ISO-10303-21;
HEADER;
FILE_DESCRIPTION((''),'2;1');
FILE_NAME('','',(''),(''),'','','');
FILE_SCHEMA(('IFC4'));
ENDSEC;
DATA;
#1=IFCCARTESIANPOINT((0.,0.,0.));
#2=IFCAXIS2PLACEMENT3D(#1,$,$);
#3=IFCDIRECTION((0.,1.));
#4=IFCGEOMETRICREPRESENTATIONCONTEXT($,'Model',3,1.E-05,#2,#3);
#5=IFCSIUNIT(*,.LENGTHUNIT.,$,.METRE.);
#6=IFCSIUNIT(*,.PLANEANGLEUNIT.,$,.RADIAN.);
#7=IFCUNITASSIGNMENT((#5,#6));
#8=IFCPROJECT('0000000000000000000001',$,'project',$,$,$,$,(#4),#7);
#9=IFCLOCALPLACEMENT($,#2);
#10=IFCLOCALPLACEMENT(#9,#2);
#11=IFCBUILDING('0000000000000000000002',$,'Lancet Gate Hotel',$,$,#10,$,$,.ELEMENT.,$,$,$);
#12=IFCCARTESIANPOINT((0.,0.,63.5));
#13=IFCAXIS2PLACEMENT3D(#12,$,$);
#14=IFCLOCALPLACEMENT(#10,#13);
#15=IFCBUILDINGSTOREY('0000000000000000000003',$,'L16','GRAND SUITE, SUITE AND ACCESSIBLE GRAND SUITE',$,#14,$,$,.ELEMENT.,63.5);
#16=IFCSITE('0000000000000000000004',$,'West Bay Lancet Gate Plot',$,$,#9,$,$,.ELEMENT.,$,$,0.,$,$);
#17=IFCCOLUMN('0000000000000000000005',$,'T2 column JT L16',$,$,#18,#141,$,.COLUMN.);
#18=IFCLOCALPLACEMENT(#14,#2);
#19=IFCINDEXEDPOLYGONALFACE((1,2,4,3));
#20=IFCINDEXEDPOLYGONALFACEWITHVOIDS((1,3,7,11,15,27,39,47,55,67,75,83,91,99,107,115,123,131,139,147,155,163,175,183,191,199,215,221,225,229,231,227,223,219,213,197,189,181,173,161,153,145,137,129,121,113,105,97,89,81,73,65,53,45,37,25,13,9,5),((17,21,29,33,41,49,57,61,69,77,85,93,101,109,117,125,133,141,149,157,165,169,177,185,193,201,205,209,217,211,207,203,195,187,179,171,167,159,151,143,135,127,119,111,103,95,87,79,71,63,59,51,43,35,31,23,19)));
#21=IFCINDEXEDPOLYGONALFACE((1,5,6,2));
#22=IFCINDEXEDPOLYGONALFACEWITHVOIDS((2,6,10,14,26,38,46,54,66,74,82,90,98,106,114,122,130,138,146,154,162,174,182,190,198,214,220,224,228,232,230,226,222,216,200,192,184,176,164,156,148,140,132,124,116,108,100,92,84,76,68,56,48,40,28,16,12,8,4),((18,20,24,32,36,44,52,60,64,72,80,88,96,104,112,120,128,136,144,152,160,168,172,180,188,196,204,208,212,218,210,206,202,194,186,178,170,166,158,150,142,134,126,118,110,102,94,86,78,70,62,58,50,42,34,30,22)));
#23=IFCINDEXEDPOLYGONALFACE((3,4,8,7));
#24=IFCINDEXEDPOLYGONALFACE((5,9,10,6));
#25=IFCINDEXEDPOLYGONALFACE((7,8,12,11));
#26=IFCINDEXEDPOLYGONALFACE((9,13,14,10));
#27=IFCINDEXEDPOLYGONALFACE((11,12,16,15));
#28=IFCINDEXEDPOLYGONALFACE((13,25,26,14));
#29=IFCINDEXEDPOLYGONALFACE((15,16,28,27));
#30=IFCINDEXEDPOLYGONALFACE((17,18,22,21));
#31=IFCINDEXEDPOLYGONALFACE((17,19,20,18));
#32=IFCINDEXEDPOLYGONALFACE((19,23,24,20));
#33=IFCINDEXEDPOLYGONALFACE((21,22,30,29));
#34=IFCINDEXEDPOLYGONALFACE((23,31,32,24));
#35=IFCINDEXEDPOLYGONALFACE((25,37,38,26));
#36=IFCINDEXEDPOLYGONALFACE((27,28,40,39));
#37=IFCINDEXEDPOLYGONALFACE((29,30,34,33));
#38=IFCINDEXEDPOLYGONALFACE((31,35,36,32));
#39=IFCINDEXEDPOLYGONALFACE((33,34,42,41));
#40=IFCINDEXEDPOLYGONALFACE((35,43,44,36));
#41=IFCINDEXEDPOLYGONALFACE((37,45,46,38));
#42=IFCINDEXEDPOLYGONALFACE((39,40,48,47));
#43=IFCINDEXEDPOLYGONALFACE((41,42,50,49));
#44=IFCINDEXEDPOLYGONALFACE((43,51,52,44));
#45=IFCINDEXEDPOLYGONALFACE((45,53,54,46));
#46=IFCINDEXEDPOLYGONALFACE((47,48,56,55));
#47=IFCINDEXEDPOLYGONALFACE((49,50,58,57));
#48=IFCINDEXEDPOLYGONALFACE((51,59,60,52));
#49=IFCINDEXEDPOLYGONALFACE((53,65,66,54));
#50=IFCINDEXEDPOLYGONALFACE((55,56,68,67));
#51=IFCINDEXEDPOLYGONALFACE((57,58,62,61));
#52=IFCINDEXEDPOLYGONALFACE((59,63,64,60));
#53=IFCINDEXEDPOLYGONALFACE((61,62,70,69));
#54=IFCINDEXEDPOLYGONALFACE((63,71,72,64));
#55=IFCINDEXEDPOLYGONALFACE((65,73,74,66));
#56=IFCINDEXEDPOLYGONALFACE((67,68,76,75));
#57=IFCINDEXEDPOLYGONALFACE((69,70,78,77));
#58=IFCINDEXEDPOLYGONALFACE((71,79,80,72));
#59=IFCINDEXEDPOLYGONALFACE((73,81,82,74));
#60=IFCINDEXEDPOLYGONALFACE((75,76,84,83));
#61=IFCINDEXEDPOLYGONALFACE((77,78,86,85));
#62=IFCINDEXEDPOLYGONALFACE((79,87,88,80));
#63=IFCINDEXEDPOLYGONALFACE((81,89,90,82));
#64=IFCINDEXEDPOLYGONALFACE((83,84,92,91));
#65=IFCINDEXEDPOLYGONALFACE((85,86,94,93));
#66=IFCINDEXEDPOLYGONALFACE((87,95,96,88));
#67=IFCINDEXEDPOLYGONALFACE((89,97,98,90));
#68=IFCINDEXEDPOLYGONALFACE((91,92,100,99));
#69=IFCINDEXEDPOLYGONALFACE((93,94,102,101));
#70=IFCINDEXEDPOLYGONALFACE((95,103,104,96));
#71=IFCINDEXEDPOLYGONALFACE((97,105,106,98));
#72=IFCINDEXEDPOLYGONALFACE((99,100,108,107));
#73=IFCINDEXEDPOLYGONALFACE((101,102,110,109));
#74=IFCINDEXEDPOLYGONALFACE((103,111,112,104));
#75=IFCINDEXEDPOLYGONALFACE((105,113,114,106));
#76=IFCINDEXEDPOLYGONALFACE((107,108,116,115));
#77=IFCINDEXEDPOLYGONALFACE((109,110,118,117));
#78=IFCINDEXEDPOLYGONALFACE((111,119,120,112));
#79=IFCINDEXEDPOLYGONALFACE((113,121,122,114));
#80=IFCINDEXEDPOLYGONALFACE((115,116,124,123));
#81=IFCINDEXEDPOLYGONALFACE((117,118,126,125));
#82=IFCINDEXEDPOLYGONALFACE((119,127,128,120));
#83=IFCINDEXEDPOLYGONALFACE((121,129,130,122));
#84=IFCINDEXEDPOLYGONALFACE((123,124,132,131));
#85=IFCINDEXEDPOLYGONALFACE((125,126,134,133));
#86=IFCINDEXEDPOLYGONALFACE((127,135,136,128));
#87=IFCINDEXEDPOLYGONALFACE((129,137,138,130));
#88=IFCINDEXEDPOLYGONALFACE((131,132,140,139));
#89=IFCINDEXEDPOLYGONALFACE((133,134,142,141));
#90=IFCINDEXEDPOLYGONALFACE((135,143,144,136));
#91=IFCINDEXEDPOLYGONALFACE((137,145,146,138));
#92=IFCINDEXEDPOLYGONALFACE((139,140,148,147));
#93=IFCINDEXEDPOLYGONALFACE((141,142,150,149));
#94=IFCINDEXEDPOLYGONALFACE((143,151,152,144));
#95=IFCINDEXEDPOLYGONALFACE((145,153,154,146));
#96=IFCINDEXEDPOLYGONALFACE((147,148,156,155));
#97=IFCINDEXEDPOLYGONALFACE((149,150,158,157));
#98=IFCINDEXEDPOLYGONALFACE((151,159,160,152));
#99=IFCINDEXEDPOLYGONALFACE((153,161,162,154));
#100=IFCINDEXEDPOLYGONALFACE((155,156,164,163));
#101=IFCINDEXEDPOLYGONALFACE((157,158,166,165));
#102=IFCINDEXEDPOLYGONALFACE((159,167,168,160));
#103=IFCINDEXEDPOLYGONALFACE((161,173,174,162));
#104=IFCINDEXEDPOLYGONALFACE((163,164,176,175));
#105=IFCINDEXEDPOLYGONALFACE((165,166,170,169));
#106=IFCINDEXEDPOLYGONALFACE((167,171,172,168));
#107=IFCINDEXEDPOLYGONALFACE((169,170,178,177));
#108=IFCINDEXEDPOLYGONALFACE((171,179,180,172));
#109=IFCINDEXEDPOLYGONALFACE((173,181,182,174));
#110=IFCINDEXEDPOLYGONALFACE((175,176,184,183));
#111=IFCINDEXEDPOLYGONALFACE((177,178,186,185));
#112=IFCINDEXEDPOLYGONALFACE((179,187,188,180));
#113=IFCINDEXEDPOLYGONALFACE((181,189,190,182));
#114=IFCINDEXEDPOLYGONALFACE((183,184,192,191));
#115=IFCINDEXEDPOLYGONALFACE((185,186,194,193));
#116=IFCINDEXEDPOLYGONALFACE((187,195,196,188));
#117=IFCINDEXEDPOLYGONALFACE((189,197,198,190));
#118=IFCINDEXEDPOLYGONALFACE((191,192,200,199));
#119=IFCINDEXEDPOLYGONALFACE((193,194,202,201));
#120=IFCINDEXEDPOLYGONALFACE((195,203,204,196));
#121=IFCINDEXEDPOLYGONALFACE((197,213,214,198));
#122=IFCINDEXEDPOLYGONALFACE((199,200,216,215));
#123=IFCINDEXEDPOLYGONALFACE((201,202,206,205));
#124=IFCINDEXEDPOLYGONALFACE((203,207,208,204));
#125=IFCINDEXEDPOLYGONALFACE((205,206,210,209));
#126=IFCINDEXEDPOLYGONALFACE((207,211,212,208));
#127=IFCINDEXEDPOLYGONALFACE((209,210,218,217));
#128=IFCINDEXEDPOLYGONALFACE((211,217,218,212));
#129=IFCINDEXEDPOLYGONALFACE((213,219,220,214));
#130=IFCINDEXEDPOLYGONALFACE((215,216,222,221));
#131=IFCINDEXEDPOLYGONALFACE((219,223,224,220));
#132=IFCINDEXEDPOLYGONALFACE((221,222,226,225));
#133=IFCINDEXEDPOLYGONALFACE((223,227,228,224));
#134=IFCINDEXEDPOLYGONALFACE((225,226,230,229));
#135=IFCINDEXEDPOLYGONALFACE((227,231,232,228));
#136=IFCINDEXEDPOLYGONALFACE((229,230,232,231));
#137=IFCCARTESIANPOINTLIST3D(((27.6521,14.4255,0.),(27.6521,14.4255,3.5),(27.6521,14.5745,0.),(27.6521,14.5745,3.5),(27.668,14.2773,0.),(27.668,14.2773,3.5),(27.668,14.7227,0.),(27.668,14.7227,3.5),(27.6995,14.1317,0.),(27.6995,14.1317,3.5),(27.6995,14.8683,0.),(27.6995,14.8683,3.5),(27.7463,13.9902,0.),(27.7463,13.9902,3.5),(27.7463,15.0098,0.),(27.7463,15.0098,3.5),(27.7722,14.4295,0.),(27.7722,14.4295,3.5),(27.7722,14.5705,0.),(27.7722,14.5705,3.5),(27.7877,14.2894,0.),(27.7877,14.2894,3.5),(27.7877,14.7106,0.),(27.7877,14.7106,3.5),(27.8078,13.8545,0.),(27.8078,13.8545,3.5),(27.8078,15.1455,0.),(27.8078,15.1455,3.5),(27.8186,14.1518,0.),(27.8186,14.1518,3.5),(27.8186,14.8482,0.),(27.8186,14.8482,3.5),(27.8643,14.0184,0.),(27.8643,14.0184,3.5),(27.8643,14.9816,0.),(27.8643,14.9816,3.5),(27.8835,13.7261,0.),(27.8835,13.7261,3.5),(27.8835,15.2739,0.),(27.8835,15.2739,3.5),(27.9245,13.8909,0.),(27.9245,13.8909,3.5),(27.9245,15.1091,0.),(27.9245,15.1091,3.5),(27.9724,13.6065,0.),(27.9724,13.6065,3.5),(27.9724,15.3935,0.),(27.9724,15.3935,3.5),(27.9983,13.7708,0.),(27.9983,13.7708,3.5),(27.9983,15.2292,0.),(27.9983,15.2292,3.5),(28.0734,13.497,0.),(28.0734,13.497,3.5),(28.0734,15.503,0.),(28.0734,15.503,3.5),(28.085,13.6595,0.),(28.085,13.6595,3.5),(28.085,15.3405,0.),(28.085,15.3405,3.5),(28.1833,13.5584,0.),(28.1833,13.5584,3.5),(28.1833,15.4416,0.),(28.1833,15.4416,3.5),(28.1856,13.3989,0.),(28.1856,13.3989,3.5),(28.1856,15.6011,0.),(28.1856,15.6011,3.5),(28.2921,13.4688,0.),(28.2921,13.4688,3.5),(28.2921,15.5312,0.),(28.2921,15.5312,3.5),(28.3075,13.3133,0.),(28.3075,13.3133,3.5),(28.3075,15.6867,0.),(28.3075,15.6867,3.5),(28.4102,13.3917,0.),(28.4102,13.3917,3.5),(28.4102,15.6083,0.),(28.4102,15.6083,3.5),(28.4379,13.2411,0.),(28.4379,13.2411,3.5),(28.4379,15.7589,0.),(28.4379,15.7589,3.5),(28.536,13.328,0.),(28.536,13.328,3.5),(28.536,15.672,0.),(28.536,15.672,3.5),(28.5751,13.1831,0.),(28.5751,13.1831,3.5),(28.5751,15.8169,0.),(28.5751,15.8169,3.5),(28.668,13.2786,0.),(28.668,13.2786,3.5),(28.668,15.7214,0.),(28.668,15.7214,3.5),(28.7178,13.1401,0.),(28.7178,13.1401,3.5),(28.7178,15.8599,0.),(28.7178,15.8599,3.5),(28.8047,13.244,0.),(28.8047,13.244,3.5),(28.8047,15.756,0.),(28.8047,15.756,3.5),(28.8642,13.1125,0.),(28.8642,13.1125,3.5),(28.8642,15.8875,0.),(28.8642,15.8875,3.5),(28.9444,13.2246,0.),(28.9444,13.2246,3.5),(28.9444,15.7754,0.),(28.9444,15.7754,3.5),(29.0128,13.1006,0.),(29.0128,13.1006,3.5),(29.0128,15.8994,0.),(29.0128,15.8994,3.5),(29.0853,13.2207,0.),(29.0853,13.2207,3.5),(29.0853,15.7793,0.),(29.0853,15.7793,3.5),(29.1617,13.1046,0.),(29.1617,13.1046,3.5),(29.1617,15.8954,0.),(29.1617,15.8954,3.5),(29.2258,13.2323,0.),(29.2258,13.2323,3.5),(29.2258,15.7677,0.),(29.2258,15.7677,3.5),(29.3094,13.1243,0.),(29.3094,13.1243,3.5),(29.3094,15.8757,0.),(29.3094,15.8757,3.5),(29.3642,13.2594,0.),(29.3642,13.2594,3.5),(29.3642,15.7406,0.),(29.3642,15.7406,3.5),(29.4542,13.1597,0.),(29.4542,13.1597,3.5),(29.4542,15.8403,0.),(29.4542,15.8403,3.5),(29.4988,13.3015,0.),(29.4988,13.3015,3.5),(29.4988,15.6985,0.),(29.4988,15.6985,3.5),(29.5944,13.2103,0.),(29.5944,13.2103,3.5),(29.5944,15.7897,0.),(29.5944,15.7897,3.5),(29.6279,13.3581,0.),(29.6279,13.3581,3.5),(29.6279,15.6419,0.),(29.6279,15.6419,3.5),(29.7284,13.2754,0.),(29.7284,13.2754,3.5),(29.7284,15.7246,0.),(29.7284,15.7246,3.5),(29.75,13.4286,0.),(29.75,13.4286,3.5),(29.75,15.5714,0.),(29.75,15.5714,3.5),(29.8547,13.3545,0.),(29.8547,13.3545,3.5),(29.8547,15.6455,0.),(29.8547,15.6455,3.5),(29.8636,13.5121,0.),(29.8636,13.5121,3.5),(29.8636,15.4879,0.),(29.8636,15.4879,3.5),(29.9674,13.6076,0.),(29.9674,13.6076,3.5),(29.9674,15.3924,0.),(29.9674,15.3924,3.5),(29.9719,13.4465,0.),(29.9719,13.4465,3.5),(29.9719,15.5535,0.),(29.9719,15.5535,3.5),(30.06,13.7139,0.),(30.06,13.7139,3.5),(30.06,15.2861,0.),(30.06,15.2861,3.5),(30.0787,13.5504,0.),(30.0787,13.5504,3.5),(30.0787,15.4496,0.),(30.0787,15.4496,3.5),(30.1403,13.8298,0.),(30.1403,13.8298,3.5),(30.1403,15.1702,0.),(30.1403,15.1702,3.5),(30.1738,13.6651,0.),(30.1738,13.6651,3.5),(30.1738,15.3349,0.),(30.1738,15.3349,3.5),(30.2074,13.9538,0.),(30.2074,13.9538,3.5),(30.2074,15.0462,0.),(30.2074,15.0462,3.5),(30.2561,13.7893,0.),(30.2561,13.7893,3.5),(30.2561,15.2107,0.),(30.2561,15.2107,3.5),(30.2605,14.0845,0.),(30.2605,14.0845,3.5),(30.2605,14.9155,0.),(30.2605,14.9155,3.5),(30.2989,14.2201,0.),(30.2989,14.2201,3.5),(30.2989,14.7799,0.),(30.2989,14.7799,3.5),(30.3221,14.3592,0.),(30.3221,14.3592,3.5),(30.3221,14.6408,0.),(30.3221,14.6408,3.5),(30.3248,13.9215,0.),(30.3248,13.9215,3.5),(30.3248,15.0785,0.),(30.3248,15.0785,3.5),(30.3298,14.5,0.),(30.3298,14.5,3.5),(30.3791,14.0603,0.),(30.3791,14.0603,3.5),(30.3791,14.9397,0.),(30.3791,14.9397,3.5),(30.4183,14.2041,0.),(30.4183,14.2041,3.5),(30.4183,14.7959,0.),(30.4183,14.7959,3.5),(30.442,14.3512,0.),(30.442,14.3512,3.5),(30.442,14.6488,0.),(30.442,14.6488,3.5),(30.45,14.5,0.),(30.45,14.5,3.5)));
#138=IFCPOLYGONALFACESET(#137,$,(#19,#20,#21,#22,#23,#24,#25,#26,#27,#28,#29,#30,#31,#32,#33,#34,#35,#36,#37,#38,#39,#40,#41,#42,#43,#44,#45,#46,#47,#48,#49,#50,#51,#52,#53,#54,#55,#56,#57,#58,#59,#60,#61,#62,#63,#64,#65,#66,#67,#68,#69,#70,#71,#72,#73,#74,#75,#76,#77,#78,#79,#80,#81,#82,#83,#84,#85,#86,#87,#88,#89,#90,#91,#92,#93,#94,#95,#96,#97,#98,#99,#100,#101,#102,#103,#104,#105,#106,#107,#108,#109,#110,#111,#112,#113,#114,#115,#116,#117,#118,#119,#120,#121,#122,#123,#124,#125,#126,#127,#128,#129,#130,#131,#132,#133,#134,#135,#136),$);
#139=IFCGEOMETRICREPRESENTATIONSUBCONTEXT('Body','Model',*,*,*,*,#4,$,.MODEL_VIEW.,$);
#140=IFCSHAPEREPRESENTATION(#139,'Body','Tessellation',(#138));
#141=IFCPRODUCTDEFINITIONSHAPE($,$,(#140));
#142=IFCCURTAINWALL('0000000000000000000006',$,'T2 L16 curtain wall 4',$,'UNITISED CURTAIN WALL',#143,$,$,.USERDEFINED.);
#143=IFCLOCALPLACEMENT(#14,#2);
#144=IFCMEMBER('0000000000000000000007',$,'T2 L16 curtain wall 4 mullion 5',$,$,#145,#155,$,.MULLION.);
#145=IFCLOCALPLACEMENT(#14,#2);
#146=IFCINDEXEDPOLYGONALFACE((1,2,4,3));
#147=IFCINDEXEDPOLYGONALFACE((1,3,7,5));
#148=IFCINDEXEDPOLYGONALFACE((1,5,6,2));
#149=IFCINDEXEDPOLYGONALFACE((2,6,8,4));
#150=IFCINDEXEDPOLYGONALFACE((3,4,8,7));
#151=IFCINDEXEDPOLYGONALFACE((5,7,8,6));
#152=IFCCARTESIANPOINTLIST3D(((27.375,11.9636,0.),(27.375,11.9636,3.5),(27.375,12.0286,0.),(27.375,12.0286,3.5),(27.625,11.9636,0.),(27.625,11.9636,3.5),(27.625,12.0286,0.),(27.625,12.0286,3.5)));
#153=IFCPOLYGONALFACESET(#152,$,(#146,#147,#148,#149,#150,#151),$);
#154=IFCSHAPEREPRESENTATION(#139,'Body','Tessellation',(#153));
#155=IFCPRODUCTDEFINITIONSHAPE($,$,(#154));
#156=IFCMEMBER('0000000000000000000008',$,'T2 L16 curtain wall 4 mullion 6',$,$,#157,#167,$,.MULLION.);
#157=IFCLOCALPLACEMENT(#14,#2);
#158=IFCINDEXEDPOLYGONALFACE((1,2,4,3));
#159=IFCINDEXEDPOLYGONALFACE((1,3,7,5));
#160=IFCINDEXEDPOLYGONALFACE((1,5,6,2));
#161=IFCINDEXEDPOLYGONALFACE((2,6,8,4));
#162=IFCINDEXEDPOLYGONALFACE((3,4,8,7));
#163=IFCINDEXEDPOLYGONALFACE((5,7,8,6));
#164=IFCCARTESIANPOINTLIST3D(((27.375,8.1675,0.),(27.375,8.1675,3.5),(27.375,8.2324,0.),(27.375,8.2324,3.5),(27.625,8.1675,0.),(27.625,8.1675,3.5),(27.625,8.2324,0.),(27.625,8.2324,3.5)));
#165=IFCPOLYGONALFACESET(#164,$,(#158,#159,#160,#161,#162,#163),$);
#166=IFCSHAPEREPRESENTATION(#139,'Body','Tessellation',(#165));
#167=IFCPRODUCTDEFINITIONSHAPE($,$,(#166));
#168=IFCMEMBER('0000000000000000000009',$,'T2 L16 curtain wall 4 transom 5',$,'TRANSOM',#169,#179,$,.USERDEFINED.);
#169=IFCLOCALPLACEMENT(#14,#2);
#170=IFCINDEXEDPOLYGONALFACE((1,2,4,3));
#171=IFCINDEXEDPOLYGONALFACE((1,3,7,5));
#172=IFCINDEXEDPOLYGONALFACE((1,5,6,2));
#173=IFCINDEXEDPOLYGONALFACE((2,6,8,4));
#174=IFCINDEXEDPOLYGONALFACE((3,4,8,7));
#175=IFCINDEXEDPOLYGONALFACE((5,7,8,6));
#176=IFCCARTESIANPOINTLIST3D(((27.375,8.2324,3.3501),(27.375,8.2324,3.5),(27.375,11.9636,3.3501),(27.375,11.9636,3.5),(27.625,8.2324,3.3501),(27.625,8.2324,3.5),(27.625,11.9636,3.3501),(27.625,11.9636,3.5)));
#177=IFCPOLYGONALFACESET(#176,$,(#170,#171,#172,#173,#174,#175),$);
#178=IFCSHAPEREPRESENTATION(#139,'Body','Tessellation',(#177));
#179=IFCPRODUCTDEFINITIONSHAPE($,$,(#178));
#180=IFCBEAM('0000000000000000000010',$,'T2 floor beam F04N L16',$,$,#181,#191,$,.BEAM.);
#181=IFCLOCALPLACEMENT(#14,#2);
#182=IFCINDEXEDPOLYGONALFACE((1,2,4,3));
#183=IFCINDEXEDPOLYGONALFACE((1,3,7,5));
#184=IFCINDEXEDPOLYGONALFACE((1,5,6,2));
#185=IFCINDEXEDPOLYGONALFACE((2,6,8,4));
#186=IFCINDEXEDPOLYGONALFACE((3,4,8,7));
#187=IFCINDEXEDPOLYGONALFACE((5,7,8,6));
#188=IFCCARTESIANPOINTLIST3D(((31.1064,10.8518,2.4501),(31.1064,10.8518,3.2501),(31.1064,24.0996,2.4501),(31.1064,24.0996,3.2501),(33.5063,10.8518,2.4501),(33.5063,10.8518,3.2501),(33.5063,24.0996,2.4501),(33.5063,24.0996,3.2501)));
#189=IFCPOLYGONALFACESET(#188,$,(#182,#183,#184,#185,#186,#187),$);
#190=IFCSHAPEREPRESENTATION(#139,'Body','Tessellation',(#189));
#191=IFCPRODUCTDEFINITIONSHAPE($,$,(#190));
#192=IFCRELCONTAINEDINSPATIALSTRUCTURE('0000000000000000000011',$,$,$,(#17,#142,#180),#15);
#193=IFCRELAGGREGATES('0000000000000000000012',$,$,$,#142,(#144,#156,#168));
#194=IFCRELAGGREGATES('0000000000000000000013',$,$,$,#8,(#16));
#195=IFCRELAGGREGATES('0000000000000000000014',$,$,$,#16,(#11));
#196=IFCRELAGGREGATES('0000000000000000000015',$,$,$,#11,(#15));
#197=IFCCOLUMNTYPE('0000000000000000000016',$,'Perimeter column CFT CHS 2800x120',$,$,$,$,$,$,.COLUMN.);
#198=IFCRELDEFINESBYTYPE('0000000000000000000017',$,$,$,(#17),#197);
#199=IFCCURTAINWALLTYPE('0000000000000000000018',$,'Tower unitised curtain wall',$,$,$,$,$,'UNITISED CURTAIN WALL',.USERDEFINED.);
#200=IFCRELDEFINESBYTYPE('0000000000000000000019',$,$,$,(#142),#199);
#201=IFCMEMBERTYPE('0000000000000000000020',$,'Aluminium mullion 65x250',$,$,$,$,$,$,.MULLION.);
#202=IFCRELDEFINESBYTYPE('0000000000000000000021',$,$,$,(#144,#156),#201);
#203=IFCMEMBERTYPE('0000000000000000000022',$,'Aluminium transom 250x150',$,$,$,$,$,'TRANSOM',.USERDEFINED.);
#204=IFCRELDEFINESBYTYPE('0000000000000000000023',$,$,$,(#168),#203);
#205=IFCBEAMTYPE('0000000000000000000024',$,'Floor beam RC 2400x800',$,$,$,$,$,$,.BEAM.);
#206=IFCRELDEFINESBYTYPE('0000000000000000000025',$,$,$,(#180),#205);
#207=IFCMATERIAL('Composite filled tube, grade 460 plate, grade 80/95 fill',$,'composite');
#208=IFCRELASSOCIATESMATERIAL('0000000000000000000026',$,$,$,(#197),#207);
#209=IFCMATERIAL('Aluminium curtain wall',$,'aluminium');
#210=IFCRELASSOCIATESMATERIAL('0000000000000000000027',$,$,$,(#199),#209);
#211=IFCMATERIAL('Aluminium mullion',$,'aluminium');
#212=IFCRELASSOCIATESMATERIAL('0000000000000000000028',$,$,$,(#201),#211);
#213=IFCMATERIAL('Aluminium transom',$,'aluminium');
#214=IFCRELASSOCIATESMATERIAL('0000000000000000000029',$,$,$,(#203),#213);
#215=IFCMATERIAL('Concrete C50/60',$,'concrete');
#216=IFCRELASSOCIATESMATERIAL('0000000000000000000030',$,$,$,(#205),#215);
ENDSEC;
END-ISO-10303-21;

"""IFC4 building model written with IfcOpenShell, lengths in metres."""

from ifc_helpers import new_model, si_unit, direction, frame, origin, origin_2d, place, context, subcontext, project, spatial, rectangle, hollow_circle, extrude, material, material_profile, profile_set, type_object, element, aggregate, save


model = new_model("IFC4")

# Units and contexts
model_context = context("Model", 3, precision=1e-05, world=origin(), true_north=direction((0.0, 1.0)))
body_context = subcontext(model_context, "Body", "Model", "MODEL_VIEW")
ifc_project = project(units=[si_unit("LENGTHUNIT", "METRE"), si_unit("PLANEANGLEUNIT", "RADIAN")], contexts=[model_context])

# Site, building, storey
site_placement = place(None, origin())
site = spatial("IfcSite", under=ifc_project, at=site_placement, Name="West Bay Lancet Gate Plot", CompositionType="ELEMENT", RefElevation=0.0)
building_placement = place(site_placement, origin())
building = spatial("IfcBuilding", under=site, at=building_placement, Name="Lancet Gate Hotel", CompositionType="ELEMENT")
storey_placement = place(building_placement, frame((0.0, 0.0, 63.5)))
storey = spatial("IfcBuildingStorey", under=building, at=storey_placement, Name="L16", Description="GRAND SUITE, SUITE AND ACCESSIBLE GRAND SUITE", CompositionType="ELEMENT", Elevation=63.5)

# Column
ifc_material_1 = material(Name="Composite filled tube, grade 460 plate, grade 80/95 fill", Category="composite")
ifc_material_profile_1 = material_profile(ifc_material_1, hollow_circle(Radius=1.3999, WallThickness=0.1201, at=origin_2d()), Name="CHS 2800x120")
ifc_profile_set_1 = profile_set([ifc_material_profile_1], Name="Composite filled tube, grade 460 plate, grade 80/95 fill")
column_type = type_object("IfcColumnType", Name="Perimeter column CFT CHS 2800x120", PredefinedType="COLUMN", material=ifc_profile_set_1)
for number, where, z_axis, x_axis, name in (
    (1, (29.05, 14.5, 0.0), (0.0, 0.0, 1.0), (1.0, 0.0, 0.0), "T2 column JT L16"),
):
    element("IfcColumn", number, at=place(storey_placement, frame(where, z_axis=z_axis, x_axis=x_axis)), inside=storey, type_object=column_type, Name=name, PredefinedType="COLUMN", context=body_context, shape_type="SweptSolid", body=[
        extrude(hollow_circle(Radius=1.3999, WallThickness=0.1201, at=origin_2d()), origin(), (0.0, 0.0, 1.0), 3.5),
    ])

# Curtain wall, members
ifc_material_2 = material(Name="Aluminium curtain wall", Category="aluminium")
curtain_wall_type = type_object("IfcCurtainWallType", Name="Tower unitised curtain wall", ElementType="UNITISED CURTAIN WALL", PredefinedType="USERDEFINED", material=ifc_material_2)
curtain_wall_placement = place(storey_placement, origin())
curtain_wall = element("IfcCurtainWall", 2, at=curtain_wall_placement, inside=storey, type_object=curtain_wall_type, Name="T2 L16 curtain wall 4", ObjectType="UNITISED CURTAIN WALL", PredefinedType="USERDEFINED")
ifc_material_3 = material(Name="Aluminium mullion", Category="aluminium")
ifc_material_profile_2 = material_profile(ifc_material_3, rectangle(XDim=0.0649, YDim=0.25, at=origin_2d()), Name="MULLION 65x250")
ifc_profile_set_2 = profile_set([ifc_material_profile_2], Name="Aluminium mullion")
member_type_1 = type_object("IfcMemberType", Name="Aluminium mullion 65x250", PredefinedType="MULLION", material=ifc_profile_set_2)
member_1_placement = place(storey_placement, frame((27.5, 11.9961, 0.0), z_axis=(0.0, 0.0, 1.0), x_axis=(0.0, -1.0, 0.0)))
member_1 = element("IfcMember", 3, at=member_1_placement, type_object=member_type_1, Name="T2 L16 curtain wall 4 mullion 5", PredefinedType="MULLION", context=body_context, shape_type="SweptSolid", body=[
    extrude(rectangle(XDim=0.0649, YDim=0.25, at=origin_2d()), origin(), (0.0, 0.0, 1.0), 3.5),
])
member_2_placement = place(storey_placement, frame((27.5, 8.2, 0.0), z_axis=(0.0, 0.0, 1.0), x_axis=(0.0, -1.0, 0.0)))
member_2 = element("IfcMember", 4, at=member_2_placement, type_object=member_type_1, Name="T2 L16 curtain wall 4 mullion 6", PredefinedType="MULLION", context=body_context, shape_type="SweptSolid", body=[
    extrude(rectangle(XDim=0.0649, YDim=0.25, at=origin_2d()), origin(), (0.0, 0.0, 1.0), 3.5),
])
ifc_material_4 = material(Name="Aluminium transom", Category="aluminium")
ifc_material_profile_3 = material_profile(ifc_material_4, rectangle(XDim=0.25, YDim=0.1499, at=origin_2d()), Name="TRANSOM 250x150")
ifc_profile_set_3 = profile_set([ifc_material_profile_3], Name="Aluminium transom")
member_type_2 = type_object("IfcMemberType", Name="Aluminium transom 250x150", ElementType="TRANSOM", PredefinedType="USERDEFINED", material=ifc_profile_set_3)
member_3_placement = place(storey_placement, frame((27.5, 11.9636, 3.425), z_axis=(0.0, -1.0, 0.0), x_axis=(1.0, 0.0, 0.0)))
member_3 = element("IfcMember", 5, at=member_3_placement, type_object=member_type_2, Name="T2 L16 curtain wall 4 transom 5", ObjectType="TRANSOM", PredefinedType="USERDEFINED", context=body_context, shape_type="SweptSolid", body=[
    extrude(rectangle(XDim=0.25, YDim=0.1499, at=origin_2d()), origin(), (0.0, 0.0, 1.0), 3.7312),
])

# Beam
ifc_material_5 = material(Name="Concrete C50/60", Category="concrete")
ifc_material_profile_4 = material_profile(ifc_material_5, rectangle(XDim=2.3999, YDim=0.8, at=origin_2d()), Name="RC 2400x800")
ifc_profile_set_4 = profile_set([ifc_material_profile_4], Name="Concrete C50/60")
beam_type_1 = type_object("IfcBeamType", Name="Floor beam RC 2400x800", PredefinedType="BEAM", material=ifc_profile_set_4)
beam_1_placement = place(storey_placement, frame((32.3064, 10.8518, 2.8501), z_axis=(0.0, 1.0, 0.0), x_axis=(-1.0, 0.0, 0.0)))
element("IfcBeam", 6, at=beam_1_placement, inside=storey, type_object=beam_type_1, Name="T2 floor beam F04N L16", PredefinedType="BEAM", context=body_context, shape_type="SweptSolid", body=[
    extrude(rectangle(XDim=2.3999, YDim=0.8, at=origin_2d()), origin(), (0.0, 0.0, 1.0), 13.2478),
])

aggregate(curtain_wall, [member_1, member_2, member_3])

save(model, "model.ifc")
